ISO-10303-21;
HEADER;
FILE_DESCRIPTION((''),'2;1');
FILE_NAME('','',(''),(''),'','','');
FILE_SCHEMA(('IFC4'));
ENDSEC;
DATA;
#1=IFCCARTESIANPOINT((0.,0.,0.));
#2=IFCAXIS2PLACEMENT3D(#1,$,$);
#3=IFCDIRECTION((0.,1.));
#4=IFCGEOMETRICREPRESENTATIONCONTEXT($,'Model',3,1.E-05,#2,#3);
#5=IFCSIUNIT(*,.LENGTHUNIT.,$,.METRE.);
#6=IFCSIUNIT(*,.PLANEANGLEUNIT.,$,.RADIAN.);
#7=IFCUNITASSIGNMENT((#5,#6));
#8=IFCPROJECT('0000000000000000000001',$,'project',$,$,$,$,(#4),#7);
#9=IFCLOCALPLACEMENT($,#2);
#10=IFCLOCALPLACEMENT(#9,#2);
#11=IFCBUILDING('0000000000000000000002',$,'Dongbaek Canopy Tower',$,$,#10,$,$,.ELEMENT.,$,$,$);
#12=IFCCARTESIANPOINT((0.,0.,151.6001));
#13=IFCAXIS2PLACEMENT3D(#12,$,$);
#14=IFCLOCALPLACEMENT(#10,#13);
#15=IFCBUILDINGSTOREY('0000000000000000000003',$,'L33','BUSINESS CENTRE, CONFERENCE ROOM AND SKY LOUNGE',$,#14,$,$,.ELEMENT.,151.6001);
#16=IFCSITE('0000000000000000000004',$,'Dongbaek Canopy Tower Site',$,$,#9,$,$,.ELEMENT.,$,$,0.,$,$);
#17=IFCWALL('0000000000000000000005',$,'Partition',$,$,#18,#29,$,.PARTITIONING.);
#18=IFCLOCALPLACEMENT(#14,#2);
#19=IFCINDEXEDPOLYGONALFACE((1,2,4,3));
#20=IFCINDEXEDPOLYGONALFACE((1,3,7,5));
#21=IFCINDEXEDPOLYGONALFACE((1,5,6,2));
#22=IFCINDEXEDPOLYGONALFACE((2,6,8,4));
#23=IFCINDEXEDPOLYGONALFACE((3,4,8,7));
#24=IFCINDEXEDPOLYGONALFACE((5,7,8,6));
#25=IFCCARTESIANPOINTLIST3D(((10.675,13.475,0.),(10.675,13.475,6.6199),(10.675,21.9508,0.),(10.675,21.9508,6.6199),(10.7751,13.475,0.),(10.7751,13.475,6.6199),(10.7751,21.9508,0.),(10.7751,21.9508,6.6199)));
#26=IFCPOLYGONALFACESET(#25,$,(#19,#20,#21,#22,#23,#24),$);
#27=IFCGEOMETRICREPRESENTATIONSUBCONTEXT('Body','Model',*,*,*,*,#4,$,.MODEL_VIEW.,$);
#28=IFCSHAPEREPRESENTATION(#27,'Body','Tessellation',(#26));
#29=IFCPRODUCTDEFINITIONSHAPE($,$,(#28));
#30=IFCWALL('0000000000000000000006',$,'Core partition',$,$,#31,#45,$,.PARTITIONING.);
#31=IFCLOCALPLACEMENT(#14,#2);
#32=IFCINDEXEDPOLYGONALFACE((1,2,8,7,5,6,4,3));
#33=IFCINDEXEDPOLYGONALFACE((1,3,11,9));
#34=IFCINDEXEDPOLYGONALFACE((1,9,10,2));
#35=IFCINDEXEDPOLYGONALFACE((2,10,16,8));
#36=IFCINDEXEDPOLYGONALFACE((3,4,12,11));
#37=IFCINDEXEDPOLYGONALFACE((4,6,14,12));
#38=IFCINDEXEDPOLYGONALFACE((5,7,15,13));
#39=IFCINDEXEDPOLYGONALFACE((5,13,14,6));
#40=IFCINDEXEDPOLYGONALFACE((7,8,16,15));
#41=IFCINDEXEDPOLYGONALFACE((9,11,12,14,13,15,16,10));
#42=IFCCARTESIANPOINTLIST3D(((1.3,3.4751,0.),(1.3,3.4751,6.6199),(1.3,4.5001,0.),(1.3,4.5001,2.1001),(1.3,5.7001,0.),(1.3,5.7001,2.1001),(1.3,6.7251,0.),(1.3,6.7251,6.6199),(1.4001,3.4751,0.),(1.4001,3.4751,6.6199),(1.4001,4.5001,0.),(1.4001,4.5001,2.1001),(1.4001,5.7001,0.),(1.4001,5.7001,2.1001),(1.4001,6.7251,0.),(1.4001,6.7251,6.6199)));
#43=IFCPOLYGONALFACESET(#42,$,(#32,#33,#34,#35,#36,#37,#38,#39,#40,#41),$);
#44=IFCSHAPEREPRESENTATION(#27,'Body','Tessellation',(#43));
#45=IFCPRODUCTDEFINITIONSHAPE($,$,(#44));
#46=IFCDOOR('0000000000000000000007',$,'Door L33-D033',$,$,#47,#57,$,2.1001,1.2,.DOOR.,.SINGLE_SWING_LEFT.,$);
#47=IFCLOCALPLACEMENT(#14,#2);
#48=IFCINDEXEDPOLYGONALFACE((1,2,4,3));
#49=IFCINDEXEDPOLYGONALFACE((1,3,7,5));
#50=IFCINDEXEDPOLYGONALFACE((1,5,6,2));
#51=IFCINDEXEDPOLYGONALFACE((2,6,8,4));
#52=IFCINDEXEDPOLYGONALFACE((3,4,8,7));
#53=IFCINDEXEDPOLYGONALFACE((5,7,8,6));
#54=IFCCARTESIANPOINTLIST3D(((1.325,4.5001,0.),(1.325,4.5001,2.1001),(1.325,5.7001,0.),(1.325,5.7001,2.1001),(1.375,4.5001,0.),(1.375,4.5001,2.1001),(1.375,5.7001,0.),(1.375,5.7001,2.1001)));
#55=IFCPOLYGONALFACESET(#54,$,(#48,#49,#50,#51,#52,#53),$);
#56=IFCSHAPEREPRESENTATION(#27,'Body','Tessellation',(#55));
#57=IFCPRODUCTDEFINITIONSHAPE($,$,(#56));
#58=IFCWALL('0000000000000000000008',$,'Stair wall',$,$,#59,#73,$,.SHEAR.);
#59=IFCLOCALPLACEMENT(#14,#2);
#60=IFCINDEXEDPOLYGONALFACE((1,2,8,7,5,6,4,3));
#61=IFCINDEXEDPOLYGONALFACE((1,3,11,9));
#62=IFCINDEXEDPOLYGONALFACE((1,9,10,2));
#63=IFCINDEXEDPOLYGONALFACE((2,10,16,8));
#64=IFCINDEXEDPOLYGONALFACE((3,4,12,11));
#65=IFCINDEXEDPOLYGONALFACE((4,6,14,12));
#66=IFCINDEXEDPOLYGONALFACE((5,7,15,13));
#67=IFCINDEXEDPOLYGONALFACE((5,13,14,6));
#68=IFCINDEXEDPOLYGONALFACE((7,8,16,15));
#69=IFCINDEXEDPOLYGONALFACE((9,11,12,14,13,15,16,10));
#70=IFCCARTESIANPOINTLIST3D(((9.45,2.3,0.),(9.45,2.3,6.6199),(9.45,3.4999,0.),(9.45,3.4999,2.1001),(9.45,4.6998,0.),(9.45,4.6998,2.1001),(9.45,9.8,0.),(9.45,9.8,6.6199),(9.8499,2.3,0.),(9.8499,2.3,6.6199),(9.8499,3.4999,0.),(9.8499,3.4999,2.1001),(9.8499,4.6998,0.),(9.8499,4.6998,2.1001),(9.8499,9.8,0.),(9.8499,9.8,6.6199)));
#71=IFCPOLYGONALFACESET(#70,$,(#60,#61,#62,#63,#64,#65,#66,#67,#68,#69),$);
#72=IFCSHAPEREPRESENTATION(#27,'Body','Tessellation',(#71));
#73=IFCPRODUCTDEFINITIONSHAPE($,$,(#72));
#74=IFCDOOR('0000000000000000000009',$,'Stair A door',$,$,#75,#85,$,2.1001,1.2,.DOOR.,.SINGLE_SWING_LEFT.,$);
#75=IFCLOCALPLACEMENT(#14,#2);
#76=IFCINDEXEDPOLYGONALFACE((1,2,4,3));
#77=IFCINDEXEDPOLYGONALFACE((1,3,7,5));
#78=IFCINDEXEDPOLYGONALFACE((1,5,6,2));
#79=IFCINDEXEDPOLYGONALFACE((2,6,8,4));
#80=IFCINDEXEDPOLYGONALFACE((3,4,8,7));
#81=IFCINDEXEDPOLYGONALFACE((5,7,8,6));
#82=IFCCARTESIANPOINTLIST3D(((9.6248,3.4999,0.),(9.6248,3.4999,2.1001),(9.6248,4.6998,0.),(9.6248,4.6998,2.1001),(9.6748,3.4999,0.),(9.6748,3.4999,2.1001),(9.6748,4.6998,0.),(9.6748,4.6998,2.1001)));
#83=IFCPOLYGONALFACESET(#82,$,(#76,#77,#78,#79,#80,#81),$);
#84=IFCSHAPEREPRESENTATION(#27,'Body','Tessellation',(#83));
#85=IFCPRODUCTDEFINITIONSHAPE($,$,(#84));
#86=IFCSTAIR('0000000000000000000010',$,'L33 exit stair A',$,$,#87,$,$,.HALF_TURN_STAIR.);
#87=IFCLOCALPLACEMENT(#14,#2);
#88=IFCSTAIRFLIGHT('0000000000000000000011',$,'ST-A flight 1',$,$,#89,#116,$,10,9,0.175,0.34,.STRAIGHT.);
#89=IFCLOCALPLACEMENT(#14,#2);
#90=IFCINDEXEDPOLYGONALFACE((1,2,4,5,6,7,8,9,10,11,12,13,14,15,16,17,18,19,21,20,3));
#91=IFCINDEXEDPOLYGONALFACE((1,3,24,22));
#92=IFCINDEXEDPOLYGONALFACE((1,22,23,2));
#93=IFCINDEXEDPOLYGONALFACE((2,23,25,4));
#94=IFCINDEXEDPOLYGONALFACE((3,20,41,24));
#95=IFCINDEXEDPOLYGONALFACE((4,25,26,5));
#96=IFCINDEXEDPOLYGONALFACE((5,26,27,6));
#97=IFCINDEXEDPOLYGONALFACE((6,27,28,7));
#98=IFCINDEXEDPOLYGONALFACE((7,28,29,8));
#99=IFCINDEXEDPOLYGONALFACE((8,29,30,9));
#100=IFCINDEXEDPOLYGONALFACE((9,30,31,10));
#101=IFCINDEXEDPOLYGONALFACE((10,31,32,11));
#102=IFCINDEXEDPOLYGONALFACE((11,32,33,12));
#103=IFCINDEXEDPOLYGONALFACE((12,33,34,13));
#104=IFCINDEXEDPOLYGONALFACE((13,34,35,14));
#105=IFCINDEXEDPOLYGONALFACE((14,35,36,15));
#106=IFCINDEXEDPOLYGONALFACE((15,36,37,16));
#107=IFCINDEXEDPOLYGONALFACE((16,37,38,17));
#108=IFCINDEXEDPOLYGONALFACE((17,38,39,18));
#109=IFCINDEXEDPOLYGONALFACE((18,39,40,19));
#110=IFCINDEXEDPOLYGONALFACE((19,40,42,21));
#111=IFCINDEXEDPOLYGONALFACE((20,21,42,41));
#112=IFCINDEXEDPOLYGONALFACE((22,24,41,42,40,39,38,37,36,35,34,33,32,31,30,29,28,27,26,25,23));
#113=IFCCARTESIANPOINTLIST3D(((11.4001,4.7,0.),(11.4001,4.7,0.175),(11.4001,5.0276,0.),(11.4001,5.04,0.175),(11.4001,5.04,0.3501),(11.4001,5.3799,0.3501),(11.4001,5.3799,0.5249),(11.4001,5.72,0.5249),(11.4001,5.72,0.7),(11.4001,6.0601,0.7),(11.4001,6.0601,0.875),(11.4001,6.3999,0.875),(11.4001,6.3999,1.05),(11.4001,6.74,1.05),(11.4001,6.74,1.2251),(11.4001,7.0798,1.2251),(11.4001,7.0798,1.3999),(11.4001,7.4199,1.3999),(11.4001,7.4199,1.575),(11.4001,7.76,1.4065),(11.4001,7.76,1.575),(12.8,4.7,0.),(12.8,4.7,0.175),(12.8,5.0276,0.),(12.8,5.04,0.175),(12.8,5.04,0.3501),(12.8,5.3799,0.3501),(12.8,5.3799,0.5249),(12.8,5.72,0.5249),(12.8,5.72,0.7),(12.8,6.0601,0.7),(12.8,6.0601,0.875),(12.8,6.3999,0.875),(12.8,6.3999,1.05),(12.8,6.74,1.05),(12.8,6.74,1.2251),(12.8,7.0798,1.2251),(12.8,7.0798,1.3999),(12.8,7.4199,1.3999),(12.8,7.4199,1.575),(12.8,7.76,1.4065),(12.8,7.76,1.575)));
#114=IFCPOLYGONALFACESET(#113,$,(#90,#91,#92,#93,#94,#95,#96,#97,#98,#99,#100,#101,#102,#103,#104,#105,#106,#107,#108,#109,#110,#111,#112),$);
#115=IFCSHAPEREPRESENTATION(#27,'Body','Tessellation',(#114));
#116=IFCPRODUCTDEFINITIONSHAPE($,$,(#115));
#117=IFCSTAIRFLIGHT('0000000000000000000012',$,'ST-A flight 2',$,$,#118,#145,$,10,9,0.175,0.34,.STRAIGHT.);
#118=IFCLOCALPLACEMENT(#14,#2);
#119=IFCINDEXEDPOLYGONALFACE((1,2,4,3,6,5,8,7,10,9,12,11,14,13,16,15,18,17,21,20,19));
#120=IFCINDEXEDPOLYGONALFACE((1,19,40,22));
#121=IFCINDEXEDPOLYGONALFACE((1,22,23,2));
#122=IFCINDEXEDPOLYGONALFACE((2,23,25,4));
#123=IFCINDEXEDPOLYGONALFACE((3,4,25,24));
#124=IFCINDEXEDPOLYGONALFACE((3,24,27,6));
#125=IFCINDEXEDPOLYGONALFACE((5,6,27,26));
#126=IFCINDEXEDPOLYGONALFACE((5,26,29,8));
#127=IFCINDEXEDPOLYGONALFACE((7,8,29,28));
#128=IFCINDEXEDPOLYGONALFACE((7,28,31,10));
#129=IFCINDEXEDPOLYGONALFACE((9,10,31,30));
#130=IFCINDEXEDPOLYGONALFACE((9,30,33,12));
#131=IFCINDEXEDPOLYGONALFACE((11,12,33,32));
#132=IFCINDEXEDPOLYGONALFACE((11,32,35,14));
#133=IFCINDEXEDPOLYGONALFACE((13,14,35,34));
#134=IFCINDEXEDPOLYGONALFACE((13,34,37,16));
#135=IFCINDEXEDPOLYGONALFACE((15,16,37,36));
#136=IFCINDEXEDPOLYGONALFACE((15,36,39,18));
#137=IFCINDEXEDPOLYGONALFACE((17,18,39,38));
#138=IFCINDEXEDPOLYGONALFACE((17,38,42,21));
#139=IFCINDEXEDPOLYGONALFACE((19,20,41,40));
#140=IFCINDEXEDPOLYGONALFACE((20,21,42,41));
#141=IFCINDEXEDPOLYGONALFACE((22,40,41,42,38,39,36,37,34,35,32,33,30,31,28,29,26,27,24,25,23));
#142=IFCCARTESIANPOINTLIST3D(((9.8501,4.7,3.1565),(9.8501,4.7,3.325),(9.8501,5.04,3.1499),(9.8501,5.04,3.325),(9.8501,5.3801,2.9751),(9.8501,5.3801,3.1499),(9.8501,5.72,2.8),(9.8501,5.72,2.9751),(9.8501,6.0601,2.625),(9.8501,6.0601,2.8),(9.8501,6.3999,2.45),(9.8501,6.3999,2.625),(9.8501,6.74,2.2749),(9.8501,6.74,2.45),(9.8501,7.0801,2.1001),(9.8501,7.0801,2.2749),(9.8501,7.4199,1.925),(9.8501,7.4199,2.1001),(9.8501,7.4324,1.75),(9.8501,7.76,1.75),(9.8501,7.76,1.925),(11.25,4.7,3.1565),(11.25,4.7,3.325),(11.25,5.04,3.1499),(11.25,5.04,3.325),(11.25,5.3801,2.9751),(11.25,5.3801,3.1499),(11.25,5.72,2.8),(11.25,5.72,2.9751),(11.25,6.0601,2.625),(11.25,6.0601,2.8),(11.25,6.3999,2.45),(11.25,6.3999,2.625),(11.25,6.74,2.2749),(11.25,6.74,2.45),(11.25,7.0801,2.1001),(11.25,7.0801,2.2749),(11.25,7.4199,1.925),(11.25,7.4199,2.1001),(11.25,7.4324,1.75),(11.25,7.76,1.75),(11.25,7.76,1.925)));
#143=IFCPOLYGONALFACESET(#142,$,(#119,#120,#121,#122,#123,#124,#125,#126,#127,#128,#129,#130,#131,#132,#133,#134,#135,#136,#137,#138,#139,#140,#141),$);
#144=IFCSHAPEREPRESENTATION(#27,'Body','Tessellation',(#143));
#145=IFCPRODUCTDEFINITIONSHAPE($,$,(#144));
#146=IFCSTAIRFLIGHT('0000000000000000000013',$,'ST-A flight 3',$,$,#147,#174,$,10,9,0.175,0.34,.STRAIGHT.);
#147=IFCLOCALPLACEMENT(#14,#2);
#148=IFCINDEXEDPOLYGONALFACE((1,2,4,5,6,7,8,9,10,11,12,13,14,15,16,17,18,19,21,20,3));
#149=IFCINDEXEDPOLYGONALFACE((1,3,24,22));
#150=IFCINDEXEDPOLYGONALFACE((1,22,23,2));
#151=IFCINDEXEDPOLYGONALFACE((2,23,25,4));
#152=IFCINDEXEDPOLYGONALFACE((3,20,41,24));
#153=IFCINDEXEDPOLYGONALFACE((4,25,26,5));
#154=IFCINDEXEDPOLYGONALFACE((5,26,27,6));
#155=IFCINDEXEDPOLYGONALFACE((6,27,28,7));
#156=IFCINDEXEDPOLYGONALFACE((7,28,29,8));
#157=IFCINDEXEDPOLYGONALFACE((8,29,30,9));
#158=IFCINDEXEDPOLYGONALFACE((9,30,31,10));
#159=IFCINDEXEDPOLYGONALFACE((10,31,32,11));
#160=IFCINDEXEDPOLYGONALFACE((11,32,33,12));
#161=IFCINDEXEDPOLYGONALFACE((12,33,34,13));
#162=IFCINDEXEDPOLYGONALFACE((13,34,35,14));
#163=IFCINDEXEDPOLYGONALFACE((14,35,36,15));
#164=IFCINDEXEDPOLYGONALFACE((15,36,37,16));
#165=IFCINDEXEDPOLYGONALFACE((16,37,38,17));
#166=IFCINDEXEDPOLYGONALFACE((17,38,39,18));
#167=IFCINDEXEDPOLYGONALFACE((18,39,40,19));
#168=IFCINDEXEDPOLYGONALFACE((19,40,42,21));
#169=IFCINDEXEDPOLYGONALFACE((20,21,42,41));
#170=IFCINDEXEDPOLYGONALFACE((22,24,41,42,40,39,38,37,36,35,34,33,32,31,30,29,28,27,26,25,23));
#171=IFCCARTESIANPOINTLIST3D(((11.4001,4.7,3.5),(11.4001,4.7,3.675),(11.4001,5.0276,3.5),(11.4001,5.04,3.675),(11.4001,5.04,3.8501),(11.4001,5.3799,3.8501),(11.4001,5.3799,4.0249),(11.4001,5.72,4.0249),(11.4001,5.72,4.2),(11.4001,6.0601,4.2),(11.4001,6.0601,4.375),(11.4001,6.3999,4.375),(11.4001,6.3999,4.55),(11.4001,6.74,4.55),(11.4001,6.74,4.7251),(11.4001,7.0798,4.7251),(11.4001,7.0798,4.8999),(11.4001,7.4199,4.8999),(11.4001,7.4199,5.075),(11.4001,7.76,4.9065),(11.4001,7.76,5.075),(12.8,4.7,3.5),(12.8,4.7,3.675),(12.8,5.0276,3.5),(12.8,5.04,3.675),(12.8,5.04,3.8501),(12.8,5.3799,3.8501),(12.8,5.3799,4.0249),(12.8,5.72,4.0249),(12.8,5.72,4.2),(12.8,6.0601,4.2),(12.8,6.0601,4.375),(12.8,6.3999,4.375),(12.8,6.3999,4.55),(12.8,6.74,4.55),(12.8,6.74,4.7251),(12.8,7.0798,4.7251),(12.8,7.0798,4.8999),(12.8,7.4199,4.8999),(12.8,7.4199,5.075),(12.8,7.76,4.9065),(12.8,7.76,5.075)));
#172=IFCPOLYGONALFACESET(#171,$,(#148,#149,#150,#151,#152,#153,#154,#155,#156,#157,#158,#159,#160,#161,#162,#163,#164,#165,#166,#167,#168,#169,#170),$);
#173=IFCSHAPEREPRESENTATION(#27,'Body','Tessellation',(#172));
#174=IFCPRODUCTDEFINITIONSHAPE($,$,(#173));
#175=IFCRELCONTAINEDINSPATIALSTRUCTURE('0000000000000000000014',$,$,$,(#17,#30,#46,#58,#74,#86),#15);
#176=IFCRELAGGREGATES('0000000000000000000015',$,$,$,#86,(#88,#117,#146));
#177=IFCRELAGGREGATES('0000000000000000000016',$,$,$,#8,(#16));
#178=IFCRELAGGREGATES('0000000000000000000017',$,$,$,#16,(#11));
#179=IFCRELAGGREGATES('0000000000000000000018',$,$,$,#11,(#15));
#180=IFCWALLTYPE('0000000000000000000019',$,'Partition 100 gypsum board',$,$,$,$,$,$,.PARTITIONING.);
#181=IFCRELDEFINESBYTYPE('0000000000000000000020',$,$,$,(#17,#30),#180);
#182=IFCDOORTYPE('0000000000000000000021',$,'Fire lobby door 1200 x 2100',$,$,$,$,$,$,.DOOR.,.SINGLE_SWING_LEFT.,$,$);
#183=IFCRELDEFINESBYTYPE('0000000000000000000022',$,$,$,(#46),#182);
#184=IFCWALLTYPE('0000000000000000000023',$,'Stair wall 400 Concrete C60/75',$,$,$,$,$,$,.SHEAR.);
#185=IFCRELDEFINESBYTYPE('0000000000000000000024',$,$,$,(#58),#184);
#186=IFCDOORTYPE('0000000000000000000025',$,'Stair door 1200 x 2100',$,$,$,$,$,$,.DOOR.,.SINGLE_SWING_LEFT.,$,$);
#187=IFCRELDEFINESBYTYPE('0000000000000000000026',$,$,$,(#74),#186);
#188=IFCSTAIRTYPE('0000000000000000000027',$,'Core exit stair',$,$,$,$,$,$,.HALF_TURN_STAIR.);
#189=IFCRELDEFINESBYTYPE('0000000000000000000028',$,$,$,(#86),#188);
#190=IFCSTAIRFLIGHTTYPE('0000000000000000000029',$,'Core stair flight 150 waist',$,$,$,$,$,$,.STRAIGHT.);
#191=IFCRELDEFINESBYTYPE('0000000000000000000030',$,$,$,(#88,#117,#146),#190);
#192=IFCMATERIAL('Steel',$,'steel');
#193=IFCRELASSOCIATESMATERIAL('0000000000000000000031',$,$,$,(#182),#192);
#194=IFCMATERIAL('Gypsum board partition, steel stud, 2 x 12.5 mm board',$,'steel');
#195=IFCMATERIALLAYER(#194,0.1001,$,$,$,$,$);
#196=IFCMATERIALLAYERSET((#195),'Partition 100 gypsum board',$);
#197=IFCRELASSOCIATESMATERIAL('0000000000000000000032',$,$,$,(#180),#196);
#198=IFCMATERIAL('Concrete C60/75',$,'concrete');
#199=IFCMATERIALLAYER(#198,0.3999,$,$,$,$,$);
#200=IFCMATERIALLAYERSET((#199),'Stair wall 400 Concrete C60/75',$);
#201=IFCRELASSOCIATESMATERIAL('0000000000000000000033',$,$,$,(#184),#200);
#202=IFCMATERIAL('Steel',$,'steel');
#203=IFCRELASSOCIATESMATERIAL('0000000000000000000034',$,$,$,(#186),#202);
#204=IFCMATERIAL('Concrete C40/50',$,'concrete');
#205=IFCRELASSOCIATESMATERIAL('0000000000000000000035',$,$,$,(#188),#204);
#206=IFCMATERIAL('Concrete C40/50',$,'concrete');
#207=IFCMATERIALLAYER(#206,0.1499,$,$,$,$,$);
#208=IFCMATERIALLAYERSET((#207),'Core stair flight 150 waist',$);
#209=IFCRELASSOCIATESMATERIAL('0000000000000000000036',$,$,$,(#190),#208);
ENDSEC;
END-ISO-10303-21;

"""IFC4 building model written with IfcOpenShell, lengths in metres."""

from ifc_helpers import new_model, si_unit, direction, frame, frame_2d, origin, place, context, subcontext, project, spatial, polyline, rectangle, outline, extrude, material, layer, layer_set, type_object, element, fill, aggregate, save


model = new_model("IFC4")

# Units and contexts
model_context = context("Model", 3, precision=1e-05, world=origin(), true_north=direction((0.0, 1.0)))
body_context = subcontext(model_context, "Body", "Model", "MODEL_VIEW")
ifc_project = project(units=[si_unit("LENGTHUNIT", "METRE"), si_unit("PLANEANGLEUNIT", "RADIAN")], contexts=[model_context])

# Site, building, storey
site_placement = place(None, origin())
site = spatial("IfcSite", under=ifc_project, at=site_placement, Name="Dongbaek Canopy Tower Site", CompositionType="ELEMENT", RefElevation=0.0)
building_placement = place(site_placement, origin())
building = spatial("IfcBuilding", under=site, at=building_placement, Name="Dongbaek Canopy Tower", CompositionType="ELEMENT")
storey_placement = place(building_placement, frame((0.0, 0.0, 151.6001)))
storey = spatial("IfcBuildingStorey", under=building, at=storey_placement, Name="L33", Description="BUSINESS CENTRE, CONFERENCE ROOM AND SKY LOUNGE", CompositionType="ELEMENT", Elevation=151.6001)

# Shared definitions
ifc_material_1 = material(Name="Steel", Category="steel")
door_type_1 = type_object("IfcDoorType", Name="Fire lobby door 1200 x 2100", OperationType="SINGLE_SWING_LEFT", PredefinedType="DOOR", material=ifc_material_1)

# Wall
ifc_material_2 = material(Name="Gypsum board partition, steel stud, 2 x 12.5 mm board", Category="steel")
ifc_layer_1 = layer(ifc_material_2, 0.1001)
ifc_layer_set_1 = layer_set([ifc_layer_1], Name="Partition 100 gypsum board")
wall_type_1 = type_object("IfcWallType", Name="Partition 100 gypsum board", PredefinedType="PARTITIONING", material=ifc_layer_set_1)
wall_1_placement = place(storey_placement, frame((10.7251, 13.4751, 0.0), z_axis=(0.0, 0.0, 1.0), x_axis=(0.0, 1.0, 0.0)))
element("IfcWall", 1, at=wall_1_placement, inside=storey, type_object=wall_type_1, Name="Partition", PredefinedType="PARTITIONING", context=body_context, shape_type="SweptSolid", body=[
    extrude(rectangle(XDim=8.4758, YDim=0.1001, at=frame_2d((4.2378, 0.0))), origin(), (0.0, 0.0, 1.0), 6.6199),
])

# Walls, openings, doors
wall_2_placement = place(storey_placement, frame((1.3501, 6.7251, 0.0), z_axis=(0.0, 0.0, 1.0), x_axis=(0.0, -1.0, 0.0)))
wall_2 = element("IfcWall", 2, at=wall_2_placement, inside=storey, type_object=wall_type_1, Name="Core partition", PredefinedType="PARTITIONING", context=body_context, shape_type="SweptSolid", body=[
    extrude(rectangle(XDim=3.25, YDim=0.1001, at=frame_2d((1.625, 0.0))), origin(), (0.0, 0.0, 1.0), 6.6199),
])
opening_1_placement = place(wall_2_placement, frame((1.0249, 0.0, 0.0)))
opening_1 = element("IfcOpeningElement", 3, at=opening_1_placement, cuts=wall_2, PredefinedType="OPENING", context=body_context, shape_type="SweptSolid", body=[
    extrude(rectangle(XDim=1.2, YDim=2.1001, at=frame_2d((0.6001, 1.05))), frame((0.0, 0.0601, 0.0), z_axis=(0.0, -1.0, 0.0), x_axis=(1.0, 0.0, 0.0)), (0.0, 0.0, 1.0), 0.1201),
])
door_1_placement = place(opening_1_placement, origin())
door_1 = element("IfcDoor", 4, at=door_1_placement, inside=storey, type_object=door_type_1, Name="Door L33-D033", OperationType="SINGLE_SWING_LEFT", OverallHeight=2.1001, OverallWidth=1.2, PredefinedType="DOOR", context=body_context, shape_type="SweptSolid", body=[
    extrude(rectangle(XDim=1.2, YDim=2.1001, at=frame_2d((0.6001, 1.05))), frame((0.0, 0.0249, 0.0), z_axis=(0.0, -1.0, 0.0), x_axis=(1.0, 0.0, 0.0)), (0.0, 0.0, 1.0), 0.05),
])
fill(opening_1, door_1)
ifc_material_3 = material(Name="Concrete C60/75", Category="concrete")
ifc_layer_2 = layer(ifc_material_3, 0.3999)
ifc_layer_set_2 = layer_set([ifc_layer_2], Name="Stair wall 400 Concrete C60/75")
wall_type_2 = type_object("IfcWallType", Name="Stair wall 400 Concrete C60/75", PredefinedType="SHEAR", material=ifc_layer_set_2)
wall_3_placement = place(storey_placement, frame((9.6499, 9.8, 0.0), z_axis=(0.0, 0.0, 1.0), x_axis=(0.0, -1.0, 0.0)))
wall_3 = element("IfcWall", 5, at=wall_3_placement, inside=storey, type_object=wall_type_2, Name="Stair wall", PredefinedType="SHEAR", context=body_context, shape_type="SweptSolid", body=[
    extrude(rectangle(XDim=7.5, YDim=0.3999, at=frame_2d((3.75, 0.0))), origin(), (0.0, 0.0, 1.0), 6.6199),
])
opening_2_placement = place(wall_3_placement, frame((5.1001, 0.0, 0.0)))
opening_2 = element("IfcOpeningElement", 6, at=opening_2_placement, cuts=wall_3, PredefinedType="OPENING", context=body_context, shape_type="SweptSolid", body=[
    extrude(rectangle(XDim=1.2, YDim=2.1001, at=frame_2d((0.6001, 1.05))), frame((0.0, 0.21, 0.0), z_axis=(0.0, -1.0, 0.0), x_axis=(1.0, 0.0, 0.0)), (0.0, 0.0, 1.0), 0.4199),
])
ifc_material_4 = material(Name="Steel", Category="steel")
door_type_2 = type_object("IfcDoorType", Name="Stair door 1200 x 2100", OperationType="SINGLE_SWING_LEFT", PredefinedType="DOOR", material=ifc_material_4)
door_2_placement = place(opening_2_placement, origin())
door_2 = element("IfcDoor", 7, at=door_2_placement, inside=storey, type_object=door_type_2, Name="Stair A door", OperationType="SINGLE_SWING_LEFT", OverallHeight=2.1001, OverallWidth=1.2, PredefinedType="DOOR", context=body_context, shape_type="SweptSolid", body=[
    extrude(rectangle(XDim=1.2, YDim=2.1001, at=frame_2d((0.6001, 1.05))), frame((0.0, 0.0249, 0.0), z_axis=(0.0, -1.0, 0.0), x_axis=(1.0, 0.0, 0.0)), (0.0, 0.0, 1.0), 0.05),
])
fill(opening_2, door_2)

# Stair, stair flights
ifc_material_5 = material(Name="Concrete C40/50", Category="concrete")
stair_type = type_object("IfcStairType", Name="Core exit stair", PredefinedType="HALF_TURN_STAIR", material=ifc_material_5)
stair_placement = place(storey_placement, origin())
stair = element("IfcStair", 8, at=stair_placement, inside=storey, type_object=stair_type, Name="L33 exit stair A", PredefinedType="HALF_TURN_STAIR")
ifc_material_6 = material(Name="Concrete C40/50", Category="concrete")
ifc_layer_3 = layer(ifc_material_6, 0.1499)
ifc_layer_set_3 = layer_set([ifc_layer_3], Name="Core stair flight 150 waist")
stair_flight_type = type_object("IfcStairFlightType", Name="Core stair flight 150 waist", PredefinedType="STRAIGHT", material=ifc_layer_set_3)
stair_flight_1_placement = place(storey_placement, frame((12.1001, 4.7, 0.0), z_axis=(0.0, 0.0, 1.0), x_axis=(0.0, 1.0, 0.0)))
stair_flight_1 = element("IfcStairFlight", 9, at=stair_flight_1_placement, type_object=stair_flight_type, Name="ST-A flight 1", NumberOfRisers=10, NumberOfTreads=9, PredefinedType="STRAIGHT", RiserHeight=0.175, TreadLength=0.34, context=body_context, shape_type="SweptSolid", body=[
    extrude(outline(polyline([(0.0, 0.0), (0.0, 0.175), (0.3401, 0.175), (0.3401, 0.3501), (0.6799, 0.3501), (0.6799, 0.5249), (1.02, 0.5249), (1.02, 0.7), (1.3601, 0.7), (1.3601, 0.875), (1.7, 0.875), (1.7, 1.05), (2.04, 1.05), (2.04, 1.2251), (2.3799, 1.2251), (2.3799, 1.3999), (2.72, 1.3999), (2.72, 1.575), (3.0601, 1.575), (3.0601, 1.75), (3.0601, 1.4065), (0.3276, 0.0), (0.0, 0.0)])), frame((0.0, 0.7, 0.0), z_axis=(0.0, -1.0, 0.0), x_axis=(1.0, 0.0, 0.0)), (0.0, 0.0, 1.0), 1.3999),
])
stair_flight_2_placement = place(storey_placement, frame((10.55, 7.76, 1.75), z_axis=(0.0, 0.0, 1.0), x_axis=(0.0, -1.0, 0.0)))
stair_flight_2 = element("IfcStairFlight", 10, at=stair_flight_2_placement, type_object=stair_flight_type, Name="ST-A flight 2", NumberOfRisers=10, NumberOfTreads=9, PredefinedType="STRAIGHT", RiserHeight=0.175, TreadLength=0.34, context=body_context, shape_type="SweptSolid", body=[
    extrude(outline(polyline([(0.0, 0.0), (0.0, 0.175), (0.3401, 0.175), (0.3401, 0.3501), (0.6799, 0.3501), (0.6799, 0.5249), (1.02, 0.5249), (1.02, 0.7), (1.3601, 0.7), (1.3601, 0.875), (1.7, 0.875), (1.7, 1.05), (2.04, 1.05), (2.04, 1.2251), (2.3799, 1.2251), (2.3799, 1.3999), (2.72, 1.3999), (2.72, 1.575), (3.0601, 1.575), (3.0601, 1.75), (3.0601, 1.4065), (0.3276, 0.0), (0.0, 0.0)])), frame((0.0, 0.7, 0.0), z_axis=(0.0, -1.0, 0.0), x_axis=(1.0, 0.0, 0.0)), (0.0, 0.0, 1.0), 1.3999),
])
stair_flight_3_placement = place(storey_placement, frame((12.1001, 4.7, 3.5), z_axis=(0.0, 0.0, 1.0), x_axis=(0.0, 1.0, 0.0)))
stair_flight_3 = element("IfcStairFlight", 11, at=stair_flight_3_placement, type_object=stair_flight_type, Name="ST-A flight 3", NumberOfRisers=10, NumberOfTreads=9, PredefinedType="STRAIGHT", RiserHeight=0.175, TreadLength=0.34, context=body_context, shape_type="SweptSolid", body=[
    extrude(outline(polyline([(0.0, 0.0), (0.0, 0.175), (0.3401, 0.175), (0.3401, 0.3501), (0.6799, 0.3501), (0.6799, 0.5249), (1.02, 0.5249), (1.02, 0.7), (1.3601, 0.7), (1.3601, 0.875), (1.7, 0.875), (1.7, 1.05), (2.04, 1.05), (2.04, 1.2251), (2.3799, 1.2251), (2.3799, 1.3999), (2.72, 1.3999), (2.72, 1.575), (3.0601, 1.575), (3.0601, 1.75), (3.0601, 1.4065), (0.3276, 0.0), (0.0, 0.0)])), frame((0.0, 0.7, 0.0), z_axis=(0.0, -1.0, 0.0), x_axis=(1.0, 0.0, 0.0)), (0.0, 0.0, 1.0), 1.3999),
])
aggregate(stair, [stair_flight_1, stair_flight_2, stair_flight_3])

save(model, "model.ifc")
